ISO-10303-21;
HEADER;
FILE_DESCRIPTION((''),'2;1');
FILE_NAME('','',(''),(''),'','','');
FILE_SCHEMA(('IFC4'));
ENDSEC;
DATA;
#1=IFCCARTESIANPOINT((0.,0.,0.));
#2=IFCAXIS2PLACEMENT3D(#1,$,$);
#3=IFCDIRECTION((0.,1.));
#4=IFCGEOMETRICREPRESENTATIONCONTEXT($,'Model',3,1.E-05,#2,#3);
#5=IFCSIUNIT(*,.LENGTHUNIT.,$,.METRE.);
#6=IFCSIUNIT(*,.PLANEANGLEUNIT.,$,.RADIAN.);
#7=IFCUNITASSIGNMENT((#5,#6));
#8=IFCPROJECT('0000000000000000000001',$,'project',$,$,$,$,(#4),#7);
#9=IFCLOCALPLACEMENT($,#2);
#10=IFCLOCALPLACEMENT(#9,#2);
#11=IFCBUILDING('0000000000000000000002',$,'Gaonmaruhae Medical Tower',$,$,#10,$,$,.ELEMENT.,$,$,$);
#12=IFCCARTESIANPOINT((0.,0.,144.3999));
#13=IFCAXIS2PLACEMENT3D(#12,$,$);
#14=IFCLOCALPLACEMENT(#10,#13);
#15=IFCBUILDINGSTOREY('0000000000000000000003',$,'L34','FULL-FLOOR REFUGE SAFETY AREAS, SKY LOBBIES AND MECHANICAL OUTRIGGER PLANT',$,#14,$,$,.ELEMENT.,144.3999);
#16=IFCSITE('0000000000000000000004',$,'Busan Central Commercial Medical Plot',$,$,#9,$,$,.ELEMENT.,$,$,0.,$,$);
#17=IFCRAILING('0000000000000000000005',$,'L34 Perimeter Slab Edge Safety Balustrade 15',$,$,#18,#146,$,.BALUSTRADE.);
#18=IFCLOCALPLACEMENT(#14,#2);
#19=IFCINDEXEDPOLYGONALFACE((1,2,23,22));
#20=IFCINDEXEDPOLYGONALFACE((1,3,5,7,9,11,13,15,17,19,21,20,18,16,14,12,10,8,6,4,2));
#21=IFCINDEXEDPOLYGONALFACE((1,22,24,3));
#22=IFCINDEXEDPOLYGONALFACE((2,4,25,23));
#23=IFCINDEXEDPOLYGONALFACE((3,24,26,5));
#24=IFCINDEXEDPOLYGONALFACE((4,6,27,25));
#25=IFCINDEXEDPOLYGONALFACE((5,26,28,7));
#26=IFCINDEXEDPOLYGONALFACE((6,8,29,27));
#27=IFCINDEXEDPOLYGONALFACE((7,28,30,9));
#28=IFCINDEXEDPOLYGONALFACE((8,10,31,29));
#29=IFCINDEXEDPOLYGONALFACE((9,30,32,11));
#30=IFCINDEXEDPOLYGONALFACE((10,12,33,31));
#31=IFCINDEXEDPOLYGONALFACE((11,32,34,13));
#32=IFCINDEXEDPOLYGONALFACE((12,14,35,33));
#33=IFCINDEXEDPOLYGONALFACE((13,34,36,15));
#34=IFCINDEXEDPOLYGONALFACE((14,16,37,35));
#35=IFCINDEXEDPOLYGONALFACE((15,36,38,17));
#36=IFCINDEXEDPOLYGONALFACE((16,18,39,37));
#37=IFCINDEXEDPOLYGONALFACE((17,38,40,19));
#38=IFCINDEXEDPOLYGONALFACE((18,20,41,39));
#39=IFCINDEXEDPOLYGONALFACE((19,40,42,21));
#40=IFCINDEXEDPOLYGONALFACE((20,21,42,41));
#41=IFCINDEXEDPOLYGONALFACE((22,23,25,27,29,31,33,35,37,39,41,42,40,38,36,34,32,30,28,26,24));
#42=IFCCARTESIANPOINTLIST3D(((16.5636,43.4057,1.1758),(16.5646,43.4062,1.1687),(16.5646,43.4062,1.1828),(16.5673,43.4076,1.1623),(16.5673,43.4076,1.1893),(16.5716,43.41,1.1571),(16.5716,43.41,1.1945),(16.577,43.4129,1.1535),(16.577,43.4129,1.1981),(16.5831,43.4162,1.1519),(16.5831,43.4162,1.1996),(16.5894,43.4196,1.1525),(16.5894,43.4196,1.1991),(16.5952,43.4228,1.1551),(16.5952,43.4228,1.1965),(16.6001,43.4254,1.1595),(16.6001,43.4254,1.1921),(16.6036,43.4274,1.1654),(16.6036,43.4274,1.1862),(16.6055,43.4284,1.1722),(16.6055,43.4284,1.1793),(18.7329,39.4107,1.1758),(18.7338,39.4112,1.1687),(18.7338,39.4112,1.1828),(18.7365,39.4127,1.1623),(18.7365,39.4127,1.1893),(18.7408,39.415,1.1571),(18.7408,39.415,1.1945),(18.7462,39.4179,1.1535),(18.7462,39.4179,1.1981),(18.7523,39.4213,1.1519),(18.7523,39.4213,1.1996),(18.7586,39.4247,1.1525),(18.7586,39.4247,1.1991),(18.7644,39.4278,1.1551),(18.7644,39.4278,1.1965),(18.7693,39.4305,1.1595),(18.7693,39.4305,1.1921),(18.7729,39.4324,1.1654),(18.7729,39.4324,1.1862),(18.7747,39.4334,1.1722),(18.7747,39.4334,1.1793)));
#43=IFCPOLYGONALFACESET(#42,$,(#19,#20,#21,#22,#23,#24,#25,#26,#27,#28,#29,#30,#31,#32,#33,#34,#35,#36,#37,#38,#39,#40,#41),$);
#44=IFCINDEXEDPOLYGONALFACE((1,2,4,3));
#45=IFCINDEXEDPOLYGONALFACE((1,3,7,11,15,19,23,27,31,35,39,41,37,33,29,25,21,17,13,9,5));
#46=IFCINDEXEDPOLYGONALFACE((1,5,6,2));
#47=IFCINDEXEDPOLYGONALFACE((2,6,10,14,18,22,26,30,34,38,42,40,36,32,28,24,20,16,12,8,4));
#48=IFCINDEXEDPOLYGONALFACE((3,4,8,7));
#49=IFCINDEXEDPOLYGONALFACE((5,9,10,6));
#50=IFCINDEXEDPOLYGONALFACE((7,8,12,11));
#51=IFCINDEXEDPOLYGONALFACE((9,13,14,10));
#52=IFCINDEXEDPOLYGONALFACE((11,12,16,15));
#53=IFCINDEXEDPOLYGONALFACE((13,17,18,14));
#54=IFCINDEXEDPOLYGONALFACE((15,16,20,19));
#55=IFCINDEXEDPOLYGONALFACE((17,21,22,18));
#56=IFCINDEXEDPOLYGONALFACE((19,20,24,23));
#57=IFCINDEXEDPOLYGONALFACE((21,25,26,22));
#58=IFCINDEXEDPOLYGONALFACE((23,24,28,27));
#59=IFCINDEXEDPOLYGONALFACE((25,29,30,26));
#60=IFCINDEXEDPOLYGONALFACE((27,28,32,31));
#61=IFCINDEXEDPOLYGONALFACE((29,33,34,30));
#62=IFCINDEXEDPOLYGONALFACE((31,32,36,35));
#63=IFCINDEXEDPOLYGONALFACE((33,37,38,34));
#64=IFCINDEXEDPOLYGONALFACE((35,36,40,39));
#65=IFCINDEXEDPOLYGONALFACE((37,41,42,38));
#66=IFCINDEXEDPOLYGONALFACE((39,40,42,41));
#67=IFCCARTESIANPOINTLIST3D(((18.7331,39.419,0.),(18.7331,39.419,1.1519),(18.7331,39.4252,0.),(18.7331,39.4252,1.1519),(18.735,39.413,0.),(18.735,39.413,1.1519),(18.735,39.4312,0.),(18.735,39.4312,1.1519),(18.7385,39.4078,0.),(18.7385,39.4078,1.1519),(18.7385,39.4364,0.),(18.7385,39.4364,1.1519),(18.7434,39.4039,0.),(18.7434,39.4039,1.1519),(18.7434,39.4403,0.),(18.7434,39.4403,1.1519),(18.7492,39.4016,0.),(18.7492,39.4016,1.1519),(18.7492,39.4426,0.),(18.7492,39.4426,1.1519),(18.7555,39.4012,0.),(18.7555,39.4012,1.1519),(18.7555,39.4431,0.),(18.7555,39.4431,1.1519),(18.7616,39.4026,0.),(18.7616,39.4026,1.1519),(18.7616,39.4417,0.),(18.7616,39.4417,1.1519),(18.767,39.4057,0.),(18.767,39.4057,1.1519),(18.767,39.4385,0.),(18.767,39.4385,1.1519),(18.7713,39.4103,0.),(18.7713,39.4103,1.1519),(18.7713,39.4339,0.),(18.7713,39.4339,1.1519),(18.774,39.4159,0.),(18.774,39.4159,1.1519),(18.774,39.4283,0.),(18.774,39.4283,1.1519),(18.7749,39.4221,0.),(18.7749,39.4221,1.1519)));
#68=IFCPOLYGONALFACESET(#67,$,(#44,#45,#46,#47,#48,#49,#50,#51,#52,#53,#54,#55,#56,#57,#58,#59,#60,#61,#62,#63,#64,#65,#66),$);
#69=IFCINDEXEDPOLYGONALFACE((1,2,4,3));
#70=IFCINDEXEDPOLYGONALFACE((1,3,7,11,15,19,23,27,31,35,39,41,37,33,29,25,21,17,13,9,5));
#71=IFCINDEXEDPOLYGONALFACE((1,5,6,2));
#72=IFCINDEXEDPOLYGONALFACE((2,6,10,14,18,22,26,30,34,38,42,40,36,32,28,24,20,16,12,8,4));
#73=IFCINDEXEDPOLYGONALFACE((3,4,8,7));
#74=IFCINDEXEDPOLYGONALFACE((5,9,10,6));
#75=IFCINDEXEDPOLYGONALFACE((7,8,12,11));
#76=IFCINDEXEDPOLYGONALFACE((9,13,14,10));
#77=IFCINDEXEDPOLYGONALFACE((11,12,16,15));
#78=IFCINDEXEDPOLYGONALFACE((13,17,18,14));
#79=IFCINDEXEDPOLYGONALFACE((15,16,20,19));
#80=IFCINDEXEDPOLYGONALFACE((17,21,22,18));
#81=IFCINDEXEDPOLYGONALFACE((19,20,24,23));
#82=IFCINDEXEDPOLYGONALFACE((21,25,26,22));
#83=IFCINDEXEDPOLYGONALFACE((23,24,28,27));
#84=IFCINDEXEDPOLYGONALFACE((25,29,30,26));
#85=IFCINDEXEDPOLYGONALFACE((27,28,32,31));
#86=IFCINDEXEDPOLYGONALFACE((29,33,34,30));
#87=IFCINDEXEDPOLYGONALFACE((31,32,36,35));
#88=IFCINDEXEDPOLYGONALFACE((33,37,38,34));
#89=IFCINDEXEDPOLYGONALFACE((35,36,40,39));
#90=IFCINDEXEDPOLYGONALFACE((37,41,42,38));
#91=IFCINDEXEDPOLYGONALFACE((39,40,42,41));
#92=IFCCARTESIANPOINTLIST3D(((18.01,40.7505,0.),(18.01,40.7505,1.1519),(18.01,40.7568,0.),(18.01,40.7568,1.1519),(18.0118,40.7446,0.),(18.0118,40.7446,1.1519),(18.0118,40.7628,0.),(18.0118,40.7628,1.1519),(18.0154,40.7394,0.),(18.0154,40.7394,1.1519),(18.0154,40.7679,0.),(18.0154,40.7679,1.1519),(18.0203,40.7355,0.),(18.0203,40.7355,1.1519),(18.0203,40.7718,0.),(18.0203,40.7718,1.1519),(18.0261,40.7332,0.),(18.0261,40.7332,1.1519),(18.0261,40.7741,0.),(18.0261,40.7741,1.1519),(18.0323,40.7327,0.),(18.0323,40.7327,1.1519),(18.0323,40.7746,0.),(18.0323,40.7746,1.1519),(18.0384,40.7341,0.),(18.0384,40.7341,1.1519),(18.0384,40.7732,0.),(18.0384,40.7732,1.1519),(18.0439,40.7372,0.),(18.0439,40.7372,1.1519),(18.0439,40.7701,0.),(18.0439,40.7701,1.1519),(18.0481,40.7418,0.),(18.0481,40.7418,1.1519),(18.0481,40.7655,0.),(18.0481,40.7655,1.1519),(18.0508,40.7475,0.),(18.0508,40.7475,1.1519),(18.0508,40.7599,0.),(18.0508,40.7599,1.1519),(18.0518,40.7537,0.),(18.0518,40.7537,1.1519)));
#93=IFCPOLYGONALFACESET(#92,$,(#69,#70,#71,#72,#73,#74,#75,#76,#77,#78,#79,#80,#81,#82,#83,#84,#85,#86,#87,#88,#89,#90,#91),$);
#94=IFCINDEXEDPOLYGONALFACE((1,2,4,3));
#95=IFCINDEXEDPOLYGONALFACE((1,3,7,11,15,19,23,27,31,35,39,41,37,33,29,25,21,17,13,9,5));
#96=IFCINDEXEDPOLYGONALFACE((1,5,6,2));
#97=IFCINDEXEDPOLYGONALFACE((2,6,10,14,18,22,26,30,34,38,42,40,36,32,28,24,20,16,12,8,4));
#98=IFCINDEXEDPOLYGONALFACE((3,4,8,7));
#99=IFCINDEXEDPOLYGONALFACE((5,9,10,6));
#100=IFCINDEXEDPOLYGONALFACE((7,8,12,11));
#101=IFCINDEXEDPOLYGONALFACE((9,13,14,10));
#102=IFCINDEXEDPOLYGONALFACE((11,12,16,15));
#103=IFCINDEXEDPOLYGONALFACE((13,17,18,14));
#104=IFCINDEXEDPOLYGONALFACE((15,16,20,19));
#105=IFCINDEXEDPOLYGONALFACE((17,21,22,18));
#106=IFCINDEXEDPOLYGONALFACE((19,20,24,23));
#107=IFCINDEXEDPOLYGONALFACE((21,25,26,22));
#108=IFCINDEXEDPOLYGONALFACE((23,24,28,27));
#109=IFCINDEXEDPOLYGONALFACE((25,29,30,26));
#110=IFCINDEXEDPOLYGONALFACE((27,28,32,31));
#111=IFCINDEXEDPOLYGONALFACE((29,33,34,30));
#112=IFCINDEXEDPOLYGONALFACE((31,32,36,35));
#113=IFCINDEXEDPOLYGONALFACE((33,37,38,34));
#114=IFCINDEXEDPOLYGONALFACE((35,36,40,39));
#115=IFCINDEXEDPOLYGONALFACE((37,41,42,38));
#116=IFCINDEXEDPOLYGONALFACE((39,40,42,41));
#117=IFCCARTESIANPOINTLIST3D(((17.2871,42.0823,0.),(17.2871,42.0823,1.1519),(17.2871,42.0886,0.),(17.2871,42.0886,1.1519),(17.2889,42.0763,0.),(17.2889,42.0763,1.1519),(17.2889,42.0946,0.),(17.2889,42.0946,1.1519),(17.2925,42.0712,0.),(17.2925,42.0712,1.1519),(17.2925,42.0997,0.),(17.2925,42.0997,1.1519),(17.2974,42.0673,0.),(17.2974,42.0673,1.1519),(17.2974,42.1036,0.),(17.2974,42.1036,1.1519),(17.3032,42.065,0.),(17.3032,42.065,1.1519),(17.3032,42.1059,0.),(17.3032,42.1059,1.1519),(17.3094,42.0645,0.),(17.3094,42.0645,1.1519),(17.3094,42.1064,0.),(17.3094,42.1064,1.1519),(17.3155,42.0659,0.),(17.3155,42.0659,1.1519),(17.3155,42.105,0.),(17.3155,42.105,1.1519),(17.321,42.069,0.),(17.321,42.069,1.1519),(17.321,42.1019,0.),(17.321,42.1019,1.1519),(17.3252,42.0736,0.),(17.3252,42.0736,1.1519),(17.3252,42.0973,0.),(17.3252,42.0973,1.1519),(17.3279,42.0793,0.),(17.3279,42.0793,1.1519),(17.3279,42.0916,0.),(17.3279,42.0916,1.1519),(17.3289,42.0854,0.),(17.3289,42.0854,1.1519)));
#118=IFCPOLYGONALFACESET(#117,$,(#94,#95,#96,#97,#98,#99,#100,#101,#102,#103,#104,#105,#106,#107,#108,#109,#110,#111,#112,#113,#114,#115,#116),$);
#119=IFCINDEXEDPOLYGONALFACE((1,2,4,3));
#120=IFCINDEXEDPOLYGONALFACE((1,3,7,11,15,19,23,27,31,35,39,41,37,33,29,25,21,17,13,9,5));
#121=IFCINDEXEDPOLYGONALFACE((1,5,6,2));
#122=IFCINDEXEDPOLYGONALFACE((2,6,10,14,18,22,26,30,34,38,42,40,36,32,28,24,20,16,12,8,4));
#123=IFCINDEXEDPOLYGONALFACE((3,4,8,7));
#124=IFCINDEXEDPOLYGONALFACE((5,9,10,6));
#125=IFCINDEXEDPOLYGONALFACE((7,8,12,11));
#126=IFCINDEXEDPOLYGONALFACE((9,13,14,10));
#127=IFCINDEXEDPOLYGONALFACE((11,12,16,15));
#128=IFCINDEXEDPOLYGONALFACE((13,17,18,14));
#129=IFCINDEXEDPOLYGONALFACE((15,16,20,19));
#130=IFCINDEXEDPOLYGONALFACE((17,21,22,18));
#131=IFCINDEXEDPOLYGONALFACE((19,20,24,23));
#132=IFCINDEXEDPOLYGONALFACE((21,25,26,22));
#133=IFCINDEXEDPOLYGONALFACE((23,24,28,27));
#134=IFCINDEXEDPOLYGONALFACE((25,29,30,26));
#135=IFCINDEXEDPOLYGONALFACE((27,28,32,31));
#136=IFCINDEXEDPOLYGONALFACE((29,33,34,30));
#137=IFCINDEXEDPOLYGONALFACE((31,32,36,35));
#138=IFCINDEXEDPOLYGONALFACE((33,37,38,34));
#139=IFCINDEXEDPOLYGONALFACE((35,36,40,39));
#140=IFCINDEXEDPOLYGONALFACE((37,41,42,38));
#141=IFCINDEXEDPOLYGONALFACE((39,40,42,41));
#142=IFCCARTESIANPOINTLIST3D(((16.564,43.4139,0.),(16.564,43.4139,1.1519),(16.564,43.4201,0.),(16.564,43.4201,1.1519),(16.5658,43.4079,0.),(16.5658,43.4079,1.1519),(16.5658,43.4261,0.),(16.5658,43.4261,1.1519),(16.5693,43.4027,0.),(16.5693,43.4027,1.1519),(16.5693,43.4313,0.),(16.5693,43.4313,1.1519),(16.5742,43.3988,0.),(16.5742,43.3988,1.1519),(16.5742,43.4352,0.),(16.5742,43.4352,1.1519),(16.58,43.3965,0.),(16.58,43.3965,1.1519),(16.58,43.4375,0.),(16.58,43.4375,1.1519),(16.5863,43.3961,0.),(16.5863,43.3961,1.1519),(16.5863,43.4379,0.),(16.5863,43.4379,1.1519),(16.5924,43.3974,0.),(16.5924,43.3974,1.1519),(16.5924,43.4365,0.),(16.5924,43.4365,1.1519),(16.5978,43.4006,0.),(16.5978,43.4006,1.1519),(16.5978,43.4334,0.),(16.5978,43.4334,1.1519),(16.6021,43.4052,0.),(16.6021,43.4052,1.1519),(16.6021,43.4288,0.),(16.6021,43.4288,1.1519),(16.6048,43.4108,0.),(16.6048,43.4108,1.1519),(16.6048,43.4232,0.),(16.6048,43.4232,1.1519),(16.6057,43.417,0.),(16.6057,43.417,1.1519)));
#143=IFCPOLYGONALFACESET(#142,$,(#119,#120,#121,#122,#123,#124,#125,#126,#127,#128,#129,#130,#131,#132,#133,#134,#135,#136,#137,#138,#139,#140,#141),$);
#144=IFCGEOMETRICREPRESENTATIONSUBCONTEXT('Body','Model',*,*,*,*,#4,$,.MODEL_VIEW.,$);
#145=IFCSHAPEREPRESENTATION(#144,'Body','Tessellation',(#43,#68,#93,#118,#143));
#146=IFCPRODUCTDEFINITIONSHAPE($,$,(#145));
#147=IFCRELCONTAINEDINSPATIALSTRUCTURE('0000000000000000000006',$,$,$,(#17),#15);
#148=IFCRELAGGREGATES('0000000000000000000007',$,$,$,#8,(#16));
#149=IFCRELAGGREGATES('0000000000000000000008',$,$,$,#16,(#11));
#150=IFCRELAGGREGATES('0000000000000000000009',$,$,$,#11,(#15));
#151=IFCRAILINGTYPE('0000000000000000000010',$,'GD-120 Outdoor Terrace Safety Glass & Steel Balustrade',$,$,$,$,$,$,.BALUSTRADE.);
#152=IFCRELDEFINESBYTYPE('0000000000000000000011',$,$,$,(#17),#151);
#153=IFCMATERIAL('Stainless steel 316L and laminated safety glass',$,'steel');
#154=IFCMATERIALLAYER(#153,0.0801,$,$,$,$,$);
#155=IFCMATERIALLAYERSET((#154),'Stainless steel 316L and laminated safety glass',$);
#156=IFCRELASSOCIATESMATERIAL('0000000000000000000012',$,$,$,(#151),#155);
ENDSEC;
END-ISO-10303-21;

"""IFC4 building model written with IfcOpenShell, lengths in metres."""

from ifc_helpers import new_model, si_unit, direction, frame, origin, origin_2d, place, context, subcontext, project, spatial, circle, extrude, material, layer, layer_set, type_object, element, save


model = new_model("IFC4")

# Units and contexts
model_context = context("Model", 3, precision=1e-05, world=origin(), true_north=direction((0.0, 1.0)))
body_context = subcontext(model_context, "Body", "Model", "MODEL_VIEW")
ifc_project = project(units=[si_unit("LENGTHUNIT", "METRE"), si_unit("PLANEANGLEUNIT", "RADIAN")], contexts=[model_context])

# Site, building, storey
site_placement = place(None, origin())
site = spatial("IfcSite", under=ifc_project, at=site_placement, Name="Busan Central Commercial Medical Plot", CompositionType="ELEMENT", RefElevation=0.0)
building_placement = place(site_placement, origin())
building = spatial("IfcBuilding", under=site, at=building_placement, Name="Gaonmaruhae Medical Tower", CompositionType="ELEMENT")
storey_placement = place(building_placement, frame((0.0, 0.0, 144.3999)))
storey = spatial("IfcBuildingStorey", under=building, at=storey_placement, Name="L34", Description="FULL-FLOOR REFUGE SAFETY AREAS, SKY LOBBIES AND MECHANICAL OUTRIGGER PLANT", CompositionType="ELEMENT", Elevation=144.3999)

# Railing
ifc_material_1 = material(Name="Stainless steel 316L and laminated safety glass", Category="steel")
ifc_layer_1 = layer(ifc_material_1, 0.0801)
ifc_layer_set_1 = layer_set([ifc_layer_1], Name="Stainless steel 316L and laminated safety glass")
railing_type = type_object("IfcRailingType", Name="GD-120 Outdoor Terrace Safety Glass & Steel Balustrade", PredefinedType="BALUSTRADE", material=ifc_layer_set_1)
railing_1_placement = place(storey_placement, frame((18.7539, 39.4221, 0.0)))
element("IfcRailing", 1, at=railing_1_placement, inside=storey, type_object=railing_type, Name="L34 Perimeter Slab Edge Safety Balustrade 15", PredefinedType="BALUSTRADE", context=body_context, shape_type="SweptSolid", body=[
    extrude(circle(Radius=0.0239, at=origin_2d()), frame((0.0, 0.0, 1.1758), z_axis=(-0.477184, 0.878803, 0.0), x_axis=(-0.878803, -0.477184, 0.0)), (0.0, 0.0, 1.0), 4.5459),
    extrude(circle(Radius=0.021, at=origin_2d()), origin(), (0.0, 0.0, 1.0), 1.1519),
    extrude(circle(Radius=0.021, at=origin_2d()), frame((-0.7231, 1.3315, 0.0)), (0.0, 0.0, 1.0), 1.1519),
    extrude(circle(Radius=0.021, at=origin_2d()), frame((-1.446, 2.6633, 0.0)), (0.0, 0.0, 1.0), 1.1519),
    extrude(circle(Radius=0.021, at=origin_2d()), frame((-2.1692, 3.9949, 0.0)), (0.0, 0.0, 1.0), 1.1519),
])

save(model, "model.ifc")
